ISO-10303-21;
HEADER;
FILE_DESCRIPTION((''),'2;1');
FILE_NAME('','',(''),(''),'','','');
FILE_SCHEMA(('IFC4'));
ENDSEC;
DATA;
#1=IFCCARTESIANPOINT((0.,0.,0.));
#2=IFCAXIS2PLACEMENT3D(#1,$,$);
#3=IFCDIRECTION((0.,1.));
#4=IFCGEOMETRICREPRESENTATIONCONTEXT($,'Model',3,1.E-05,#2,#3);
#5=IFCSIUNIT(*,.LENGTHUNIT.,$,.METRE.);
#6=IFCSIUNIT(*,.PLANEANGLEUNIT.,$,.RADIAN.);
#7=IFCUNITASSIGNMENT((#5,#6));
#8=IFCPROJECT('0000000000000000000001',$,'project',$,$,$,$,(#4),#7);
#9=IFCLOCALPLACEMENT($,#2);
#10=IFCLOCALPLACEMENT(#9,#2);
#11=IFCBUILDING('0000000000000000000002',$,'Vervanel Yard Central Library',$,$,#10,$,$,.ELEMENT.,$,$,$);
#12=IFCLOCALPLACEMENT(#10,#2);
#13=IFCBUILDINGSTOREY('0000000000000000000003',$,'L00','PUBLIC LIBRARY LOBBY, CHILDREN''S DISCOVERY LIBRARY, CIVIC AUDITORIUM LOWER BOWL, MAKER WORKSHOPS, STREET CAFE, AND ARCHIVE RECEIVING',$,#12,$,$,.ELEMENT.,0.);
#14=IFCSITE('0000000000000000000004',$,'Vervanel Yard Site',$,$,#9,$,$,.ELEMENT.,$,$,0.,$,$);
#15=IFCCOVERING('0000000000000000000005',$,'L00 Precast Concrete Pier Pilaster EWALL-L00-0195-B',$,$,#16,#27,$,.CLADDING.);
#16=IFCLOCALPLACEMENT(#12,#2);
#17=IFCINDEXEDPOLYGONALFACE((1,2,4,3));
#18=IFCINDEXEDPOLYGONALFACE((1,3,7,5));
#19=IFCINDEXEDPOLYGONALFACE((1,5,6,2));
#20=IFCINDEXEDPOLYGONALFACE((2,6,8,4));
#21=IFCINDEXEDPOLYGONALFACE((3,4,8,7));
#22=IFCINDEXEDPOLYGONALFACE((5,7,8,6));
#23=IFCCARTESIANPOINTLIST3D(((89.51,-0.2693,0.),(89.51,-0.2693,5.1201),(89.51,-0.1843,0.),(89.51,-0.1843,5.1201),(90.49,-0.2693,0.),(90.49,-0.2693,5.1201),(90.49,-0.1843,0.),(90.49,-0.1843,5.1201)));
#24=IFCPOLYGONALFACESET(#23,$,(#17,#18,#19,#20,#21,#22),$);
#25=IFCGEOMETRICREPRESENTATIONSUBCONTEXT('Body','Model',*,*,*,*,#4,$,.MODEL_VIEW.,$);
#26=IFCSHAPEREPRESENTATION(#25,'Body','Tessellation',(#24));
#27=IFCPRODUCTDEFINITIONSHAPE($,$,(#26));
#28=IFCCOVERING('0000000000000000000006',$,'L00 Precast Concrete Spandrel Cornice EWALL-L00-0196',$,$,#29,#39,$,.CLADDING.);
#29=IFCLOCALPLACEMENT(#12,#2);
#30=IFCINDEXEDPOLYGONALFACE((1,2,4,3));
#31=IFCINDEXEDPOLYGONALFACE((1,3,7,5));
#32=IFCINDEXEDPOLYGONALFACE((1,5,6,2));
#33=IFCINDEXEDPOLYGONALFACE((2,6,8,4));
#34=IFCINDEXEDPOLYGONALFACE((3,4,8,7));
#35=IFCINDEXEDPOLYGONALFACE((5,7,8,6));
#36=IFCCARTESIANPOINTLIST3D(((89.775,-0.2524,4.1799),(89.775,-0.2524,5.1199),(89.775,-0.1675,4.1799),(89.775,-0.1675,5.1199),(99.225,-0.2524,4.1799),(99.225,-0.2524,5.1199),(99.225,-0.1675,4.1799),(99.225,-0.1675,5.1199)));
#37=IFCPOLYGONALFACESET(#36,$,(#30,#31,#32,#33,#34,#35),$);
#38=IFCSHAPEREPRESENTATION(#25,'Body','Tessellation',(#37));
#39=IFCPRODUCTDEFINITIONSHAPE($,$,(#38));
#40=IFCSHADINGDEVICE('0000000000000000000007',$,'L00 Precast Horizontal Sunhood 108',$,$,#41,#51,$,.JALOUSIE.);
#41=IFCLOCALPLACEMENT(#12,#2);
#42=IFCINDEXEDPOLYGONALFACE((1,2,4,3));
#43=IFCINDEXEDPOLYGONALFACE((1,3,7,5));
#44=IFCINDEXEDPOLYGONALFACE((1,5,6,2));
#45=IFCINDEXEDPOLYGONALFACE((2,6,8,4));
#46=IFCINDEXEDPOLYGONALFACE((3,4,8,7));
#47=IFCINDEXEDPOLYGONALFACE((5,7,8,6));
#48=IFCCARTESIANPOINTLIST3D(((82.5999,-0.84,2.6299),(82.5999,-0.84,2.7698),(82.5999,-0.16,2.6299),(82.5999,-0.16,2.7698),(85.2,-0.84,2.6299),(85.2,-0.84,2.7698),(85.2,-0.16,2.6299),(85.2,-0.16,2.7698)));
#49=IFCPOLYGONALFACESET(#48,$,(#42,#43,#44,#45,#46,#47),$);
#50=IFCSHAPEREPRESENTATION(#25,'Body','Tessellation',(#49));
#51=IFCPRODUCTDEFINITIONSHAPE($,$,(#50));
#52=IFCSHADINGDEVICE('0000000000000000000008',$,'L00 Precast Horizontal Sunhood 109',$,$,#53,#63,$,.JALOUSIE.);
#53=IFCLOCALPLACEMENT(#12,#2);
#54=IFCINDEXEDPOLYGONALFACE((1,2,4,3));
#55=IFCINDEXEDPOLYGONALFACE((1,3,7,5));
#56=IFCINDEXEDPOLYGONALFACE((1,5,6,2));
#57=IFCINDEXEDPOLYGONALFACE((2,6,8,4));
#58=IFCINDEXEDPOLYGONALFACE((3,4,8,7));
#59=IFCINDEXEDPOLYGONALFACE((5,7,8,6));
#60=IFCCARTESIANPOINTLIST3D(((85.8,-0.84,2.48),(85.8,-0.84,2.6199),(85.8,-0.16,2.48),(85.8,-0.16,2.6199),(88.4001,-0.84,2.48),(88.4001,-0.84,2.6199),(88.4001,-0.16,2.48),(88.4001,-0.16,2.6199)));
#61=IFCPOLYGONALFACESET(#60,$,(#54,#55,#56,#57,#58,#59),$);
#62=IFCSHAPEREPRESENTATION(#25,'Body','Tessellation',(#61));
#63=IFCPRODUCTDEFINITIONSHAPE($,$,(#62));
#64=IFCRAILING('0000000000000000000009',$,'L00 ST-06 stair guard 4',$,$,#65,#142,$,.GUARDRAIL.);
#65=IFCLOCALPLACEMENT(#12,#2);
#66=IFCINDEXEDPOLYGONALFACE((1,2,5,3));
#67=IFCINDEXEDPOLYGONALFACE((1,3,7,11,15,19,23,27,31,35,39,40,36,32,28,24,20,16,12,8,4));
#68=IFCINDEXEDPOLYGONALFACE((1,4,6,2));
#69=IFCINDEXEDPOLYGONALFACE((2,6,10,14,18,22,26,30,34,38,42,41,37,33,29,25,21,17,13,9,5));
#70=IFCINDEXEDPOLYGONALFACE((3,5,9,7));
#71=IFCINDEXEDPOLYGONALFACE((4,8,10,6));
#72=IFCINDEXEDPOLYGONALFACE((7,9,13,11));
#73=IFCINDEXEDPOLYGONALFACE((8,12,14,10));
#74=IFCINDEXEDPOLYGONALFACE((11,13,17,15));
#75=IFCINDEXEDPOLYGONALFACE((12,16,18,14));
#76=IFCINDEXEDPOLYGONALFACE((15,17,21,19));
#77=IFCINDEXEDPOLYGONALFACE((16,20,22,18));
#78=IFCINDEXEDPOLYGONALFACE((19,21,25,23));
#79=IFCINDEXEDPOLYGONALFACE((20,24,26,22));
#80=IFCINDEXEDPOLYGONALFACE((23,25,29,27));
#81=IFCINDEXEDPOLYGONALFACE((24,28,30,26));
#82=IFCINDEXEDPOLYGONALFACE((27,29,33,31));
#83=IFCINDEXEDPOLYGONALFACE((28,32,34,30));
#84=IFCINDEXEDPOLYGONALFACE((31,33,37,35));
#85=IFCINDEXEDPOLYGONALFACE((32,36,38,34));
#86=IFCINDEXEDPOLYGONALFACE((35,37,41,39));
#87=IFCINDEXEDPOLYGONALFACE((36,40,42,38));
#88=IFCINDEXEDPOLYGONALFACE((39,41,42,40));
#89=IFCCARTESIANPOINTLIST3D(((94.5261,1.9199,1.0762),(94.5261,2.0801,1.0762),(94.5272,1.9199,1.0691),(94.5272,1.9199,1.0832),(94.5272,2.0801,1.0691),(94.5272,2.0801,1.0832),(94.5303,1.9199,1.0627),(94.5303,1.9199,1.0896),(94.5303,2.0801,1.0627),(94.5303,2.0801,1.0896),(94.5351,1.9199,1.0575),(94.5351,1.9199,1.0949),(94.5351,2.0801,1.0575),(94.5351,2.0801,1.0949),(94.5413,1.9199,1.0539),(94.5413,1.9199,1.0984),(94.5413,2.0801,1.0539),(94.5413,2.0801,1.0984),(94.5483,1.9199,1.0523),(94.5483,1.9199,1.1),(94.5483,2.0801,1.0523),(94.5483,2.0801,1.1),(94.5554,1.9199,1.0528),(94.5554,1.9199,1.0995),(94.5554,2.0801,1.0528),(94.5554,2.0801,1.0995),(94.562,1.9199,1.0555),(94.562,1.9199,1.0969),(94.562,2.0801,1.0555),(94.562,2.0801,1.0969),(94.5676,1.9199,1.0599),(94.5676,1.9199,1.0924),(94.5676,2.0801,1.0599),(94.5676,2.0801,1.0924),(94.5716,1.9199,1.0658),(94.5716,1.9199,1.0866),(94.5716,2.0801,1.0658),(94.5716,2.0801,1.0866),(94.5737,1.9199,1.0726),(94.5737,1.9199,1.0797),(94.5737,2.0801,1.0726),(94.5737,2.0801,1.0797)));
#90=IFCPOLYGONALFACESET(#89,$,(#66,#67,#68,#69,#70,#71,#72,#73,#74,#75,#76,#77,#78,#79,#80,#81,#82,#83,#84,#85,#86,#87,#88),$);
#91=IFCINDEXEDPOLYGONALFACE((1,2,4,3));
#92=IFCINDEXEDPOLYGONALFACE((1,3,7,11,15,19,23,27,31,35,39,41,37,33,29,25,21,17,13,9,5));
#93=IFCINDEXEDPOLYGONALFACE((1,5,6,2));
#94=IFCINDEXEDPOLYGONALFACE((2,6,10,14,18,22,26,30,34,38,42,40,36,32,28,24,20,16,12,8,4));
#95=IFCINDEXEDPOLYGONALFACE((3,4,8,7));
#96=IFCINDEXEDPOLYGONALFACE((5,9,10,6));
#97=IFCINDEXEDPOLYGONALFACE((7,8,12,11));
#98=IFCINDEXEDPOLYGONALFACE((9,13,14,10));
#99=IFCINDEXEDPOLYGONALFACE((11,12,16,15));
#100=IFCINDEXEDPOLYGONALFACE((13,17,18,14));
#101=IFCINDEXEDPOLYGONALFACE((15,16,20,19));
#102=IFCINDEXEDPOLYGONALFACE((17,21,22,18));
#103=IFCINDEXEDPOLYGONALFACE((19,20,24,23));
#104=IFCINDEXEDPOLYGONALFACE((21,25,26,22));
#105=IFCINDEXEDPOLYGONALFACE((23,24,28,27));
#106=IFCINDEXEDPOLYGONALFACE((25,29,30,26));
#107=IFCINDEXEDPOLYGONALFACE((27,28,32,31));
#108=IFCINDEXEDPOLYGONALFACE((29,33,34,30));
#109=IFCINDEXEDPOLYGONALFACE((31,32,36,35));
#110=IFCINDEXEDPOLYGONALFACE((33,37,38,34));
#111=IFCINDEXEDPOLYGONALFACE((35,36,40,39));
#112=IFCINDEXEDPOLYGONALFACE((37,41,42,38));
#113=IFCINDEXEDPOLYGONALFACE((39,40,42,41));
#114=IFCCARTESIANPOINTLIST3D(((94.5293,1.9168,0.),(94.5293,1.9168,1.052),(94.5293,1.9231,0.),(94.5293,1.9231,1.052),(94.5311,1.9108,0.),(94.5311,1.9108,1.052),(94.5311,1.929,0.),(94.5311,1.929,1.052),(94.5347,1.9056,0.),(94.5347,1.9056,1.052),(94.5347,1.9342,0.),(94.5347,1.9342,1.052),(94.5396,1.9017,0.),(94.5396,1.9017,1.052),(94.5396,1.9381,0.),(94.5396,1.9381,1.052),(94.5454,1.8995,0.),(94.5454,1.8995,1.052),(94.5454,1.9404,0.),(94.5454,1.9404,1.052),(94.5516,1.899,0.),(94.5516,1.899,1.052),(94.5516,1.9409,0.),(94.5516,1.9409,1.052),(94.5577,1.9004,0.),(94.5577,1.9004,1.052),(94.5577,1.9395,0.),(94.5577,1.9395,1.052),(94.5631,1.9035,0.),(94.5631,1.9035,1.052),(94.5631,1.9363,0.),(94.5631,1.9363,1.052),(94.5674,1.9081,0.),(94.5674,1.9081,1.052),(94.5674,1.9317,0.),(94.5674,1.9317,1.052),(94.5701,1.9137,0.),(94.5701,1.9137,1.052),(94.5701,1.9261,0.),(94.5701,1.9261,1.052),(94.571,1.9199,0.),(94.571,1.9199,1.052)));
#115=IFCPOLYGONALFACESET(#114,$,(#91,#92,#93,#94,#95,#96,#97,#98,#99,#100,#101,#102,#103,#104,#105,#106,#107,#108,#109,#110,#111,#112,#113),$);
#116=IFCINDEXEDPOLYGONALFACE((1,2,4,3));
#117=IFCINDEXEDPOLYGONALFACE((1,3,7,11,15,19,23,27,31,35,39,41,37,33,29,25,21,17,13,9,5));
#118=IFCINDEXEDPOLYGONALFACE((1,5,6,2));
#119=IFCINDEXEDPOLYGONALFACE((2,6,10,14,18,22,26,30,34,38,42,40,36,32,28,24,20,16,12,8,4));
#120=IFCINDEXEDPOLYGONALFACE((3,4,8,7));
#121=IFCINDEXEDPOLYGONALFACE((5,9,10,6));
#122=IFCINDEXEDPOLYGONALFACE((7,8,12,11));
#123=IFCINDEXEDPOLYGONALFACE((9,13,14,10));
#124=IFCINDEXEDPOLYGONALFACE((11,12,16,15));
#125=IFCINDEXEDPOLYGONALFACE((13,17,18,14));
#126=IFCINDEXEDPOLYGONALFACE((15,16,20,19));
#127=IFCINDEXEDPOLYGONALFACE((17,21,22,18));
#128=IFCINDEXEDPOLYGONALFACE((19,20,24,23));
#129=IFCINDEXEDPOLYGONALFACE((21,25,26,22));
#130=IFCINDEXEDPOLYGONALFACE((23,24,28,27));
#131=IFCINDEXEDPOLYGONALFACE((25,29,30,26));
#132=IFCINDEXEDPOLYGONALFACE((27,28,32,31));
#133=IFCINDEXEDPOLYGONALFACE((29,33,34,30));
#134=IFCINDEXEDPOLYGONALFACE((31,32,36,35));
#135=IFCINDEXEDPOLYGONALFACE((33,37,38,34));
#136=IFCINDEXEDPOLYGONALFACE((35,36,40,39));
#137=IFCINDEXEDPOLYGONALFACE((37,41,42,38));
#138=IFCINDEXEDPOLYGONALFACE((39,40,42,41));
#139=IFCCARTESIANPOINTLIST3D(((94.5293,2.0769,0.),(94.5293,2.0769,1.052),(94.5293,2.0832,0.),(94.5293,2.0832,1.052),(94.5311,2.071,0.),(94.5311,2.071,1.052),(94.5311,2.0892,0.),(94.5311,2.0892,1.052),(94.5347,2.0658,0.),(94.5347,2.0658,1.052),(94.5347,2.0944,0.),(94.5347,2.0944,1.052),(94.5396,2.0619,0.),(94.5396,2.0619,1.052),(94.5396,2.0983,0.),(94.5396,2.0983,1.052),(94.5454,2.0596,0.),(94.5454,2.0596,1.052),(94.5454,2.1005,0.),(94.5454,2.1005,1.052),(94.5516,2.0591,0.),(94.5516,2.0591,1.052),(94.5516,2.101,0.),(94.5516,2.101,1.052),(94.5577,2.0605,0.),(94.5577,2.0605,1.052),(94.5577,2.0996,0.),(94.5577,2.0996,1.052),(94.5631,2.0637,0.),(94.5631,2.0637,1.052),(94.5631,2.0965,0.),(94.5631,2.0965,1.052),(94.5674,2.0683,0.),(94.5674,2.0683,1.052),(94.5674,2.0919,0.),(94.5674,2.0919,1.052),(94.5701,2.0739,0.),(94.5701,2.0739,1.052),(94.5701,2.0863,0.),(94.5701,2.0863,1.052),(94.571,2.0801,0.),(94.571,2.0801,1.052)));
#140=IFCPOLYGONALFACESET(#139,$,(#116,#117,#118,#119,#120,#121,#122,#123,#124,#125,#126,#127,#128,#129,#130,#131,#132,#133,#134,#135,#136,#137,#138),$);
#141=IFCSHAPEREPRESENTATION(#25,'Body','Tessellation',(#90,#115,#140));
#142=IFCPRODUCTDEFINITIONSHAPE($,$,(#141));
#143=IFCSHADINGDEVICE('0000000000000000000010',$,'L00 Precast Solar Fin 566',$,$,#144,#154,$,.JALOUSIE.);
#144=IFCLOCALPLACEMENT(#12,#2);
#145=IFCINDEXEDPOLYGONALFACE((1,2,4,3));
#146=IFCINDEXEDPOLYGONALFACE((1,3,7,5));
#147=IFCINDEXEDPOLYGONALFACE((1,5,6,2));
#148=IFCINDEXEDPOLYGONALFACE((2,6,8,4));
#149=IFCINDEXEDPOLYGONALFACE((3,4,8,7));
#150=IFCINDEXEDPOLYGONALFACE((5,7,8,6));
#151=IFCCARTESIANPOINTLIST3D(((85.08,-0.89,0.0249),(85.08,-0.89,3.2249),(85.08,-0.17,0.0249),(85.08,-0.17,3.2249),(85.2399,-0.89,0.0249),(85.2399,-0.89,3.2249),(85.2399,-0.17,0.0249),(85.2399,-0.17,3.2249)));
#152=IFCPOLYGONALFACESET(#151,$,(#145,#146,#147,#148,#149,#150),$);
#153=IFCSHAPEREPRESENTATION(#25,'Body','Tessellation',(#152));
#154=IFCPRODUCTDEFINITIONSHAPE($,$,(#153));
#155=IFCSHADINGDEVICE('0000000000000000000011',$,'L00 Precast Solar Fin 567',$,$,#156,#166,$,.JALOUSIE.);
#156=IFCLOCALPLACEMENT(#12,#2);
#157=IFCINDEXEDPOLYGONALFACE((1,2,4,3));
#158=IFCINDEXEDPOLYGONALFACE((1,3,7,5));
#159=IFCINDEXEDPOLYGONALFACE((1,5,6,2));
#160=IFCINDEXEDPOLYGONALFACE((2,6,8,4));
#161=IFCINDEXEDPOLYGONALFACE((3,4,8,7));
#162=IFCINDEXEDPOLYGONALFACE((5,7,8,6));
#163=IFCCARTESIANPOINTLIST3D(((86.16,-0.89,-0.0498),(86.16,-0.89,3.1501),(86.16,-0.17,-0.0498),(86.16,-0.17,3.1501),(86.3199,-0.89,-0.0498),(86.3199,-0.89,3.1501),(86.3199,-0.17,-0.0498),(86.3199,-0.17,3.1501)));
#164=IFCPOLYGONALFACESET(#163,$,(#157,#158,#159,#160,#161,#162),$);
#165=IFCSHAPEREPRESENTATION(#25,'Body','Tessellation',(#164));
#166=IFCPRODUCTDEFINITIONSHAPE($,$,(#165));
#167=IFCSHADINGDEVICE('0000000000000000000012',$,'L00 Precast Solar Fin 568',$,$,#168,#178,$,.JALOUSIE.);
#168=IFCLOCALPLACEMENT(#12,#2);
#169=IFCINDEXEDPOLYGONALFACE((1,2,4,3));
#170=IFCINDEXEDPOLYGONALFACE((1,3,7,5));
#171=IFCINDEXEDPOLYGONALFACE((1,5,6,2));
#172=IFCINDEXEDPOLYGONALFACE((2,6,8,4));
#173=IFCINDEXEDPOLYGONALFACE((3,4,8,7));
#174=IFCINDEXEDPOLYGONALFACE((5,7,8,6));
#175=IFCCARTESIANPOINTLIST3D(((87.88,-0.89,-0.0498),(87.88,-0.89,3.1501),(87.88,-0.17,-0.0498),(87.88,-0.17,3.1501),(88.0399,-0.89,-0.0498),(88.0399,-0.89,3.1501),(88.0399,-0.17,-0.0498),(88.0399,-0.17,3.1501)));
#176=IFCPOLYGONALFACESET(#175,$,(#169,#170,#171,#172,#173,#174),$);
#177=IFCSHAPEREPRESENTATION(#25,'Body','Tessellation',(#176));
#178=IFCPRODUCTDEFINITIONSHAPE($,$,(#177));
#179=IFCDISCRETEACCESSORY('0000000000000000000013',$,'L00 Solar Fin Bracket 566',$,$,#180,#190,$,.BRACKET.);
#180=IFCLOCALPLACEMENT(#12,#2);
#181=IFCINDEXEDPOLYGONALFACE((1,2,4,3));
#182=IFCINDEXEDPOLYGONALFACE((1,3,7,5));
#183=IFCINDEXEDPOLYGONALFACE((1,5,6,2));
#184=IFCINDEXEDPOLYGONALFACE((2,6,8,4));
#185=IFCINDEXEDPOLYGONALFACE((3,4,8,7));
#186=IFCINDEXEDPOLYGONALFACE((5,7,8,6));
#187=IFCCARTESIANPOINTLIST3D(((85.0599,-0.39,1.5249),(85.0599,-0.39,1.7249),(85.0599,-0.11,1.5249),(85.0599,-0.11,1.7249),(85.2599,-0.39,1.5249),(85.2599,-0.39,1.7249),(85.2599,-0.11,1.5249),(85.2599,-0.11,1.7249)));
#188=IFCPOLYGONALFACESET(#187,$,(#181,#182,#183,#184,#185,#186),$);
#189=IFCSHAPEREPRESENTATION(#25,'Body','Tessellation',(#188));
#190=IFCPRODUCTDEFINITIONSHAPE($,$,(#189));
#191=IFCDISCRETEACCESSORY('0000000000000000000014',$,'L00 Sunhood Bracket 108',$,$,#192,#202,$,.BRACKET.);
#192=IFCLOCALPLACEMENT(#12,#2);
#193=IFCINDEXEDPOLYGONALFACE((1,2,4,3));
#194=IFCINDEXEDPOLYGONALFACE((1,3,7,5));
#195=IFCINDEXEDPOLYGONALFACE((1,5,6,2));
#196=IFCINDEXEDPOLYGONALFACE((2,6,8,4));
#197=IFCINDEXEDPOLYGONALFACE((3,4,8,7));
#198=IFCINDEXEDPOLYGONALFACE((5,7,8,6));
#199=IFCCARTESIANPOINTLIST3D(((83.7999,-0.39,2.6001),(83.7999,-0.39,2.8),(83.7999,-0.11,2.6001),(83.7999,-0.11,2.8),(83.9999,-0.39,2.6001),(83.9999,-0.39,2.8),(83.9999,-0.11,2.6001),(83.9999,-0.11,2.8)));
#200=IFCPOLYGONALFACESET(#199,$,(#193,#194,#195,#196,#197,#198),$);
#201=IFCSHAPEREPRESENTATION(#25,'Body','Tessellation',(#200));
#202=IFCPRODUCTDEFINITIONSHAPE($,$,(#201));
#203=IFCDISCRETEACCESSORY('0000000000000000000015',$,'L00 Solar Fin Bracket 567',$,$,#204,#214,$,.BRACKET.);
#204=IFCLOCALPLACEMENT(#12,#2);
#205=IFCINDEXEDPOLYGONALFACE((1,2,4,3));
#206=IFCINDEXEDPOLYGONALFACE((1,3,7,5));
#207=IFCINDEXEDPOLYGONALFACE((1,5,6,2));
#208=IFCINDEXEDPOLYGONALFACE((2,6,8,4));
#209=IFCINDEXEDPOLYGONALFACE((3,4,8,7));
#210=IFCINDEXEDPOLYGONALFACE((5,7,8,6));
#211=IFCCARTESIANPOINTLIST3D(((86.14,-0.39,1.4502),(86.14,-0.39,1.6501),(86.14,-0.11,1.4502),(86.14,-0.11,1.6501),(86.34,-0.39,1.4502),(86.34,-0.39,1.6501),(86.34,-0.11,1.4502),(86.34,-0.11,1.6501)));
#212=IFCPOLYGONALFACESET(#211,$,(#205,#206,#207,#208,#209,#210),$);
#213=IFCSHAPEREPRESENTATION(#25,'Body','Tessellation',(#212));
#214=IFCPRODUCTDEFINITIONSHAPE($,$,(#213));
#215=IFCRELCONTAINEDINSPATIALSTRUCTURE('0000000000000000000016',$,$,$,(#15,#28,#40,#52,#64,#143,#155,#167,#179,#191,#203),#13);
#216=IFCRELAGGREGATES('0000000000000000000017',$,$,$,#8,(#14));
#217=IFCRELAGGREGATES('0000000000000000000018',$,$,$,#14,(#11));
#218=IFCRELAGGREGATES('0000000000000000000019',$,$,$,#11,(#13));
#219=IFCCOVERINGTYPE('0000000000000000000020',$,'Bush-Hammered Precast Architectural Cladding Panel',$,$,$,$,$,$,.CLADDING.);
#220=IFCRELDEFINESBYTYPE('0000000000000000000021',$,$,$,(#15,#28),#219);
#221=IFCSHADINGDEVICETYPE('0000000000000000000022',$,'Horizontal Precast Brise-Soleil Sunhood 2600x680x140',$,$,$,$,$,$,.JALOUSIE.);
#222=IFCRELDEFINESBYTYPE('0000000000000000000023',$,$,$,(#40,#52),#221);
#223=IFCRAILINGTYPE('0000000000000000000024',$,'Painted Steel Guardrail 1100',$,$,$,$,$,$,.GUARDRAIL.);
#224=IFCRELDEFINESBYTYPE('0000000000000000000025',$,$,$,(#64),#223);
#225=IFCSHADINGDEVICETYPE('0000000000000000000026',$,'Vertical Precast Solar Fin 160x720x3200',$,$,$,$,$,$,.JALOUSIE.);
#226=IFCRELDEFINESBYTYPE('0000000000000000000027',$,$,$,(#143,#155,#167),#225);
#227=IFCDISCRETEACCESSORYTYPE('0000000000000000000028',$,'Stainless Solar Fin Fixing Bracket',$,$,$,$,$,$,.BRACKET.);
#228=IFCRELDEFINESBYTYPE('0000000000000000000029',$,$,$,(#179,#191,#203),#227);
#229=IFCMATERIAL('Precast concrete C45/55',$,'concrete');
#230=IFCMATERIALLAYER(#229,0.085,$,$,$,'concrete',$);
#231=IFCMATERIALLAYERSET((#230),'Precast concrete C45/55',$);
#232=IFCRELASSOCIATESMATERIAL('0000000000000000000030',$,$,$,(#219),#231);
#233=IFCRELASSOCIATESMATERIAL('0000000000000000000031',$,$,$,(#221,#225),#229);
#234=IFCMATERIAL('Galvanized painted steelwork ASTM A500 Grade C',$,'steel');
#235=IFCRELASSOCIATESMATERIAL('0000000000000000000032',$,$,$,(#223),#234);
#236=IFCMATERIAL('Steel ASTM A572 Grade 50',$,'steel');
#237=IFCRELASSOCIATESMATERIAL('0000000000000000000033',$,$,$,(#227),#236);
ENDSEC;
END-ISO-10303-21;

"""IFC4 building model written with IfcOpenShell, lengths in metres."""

from ifc_helpers import new_model, si_unit, direction, frame, origin, origin_2d, place, context, subcontext, project, spatial, rectangle, circle, extrude, material, layer, layer_set, type_object, element, save


model = new_model("IFC4")

# Units and contexts
model_context = context("Model", 3, precision=1e-05, world=origin(), true_north=direction((0.0, 1.0)))
body_context = subcontext(model_context, "Body", "Model", "MODEL_VIEW")
ifc_project = project(units=[si_unit("LENGTHUNIT", "METRE"), si_unit("PLANEANGLEUNIT", "RADIAN")], contexts=[model_context])

# Site, building, storey
site_placement = place(None, origin())
site = spatial("IfcSite", under=ifc_project, at=site_placement, Name="Vervanel Yard Site", CompositionType="ELEMENT", RefElevation=0.0)
building_placement = place(site_placement, origin())
building = spatial("IfcBuilding", under=site, at=building_placement, Name="Vervanel Yard Central Library", CompositionType="ELEMENT")
storey_placement = place(building_placement, origin())
storey = spatial("IfcBuildingStorey", under=building, at=storey_placement, Name="L00", Description="PUBLIC LIBRARY LOBBY, CHILDREN'S DISCOVERY LIBRARY, CIVIC AUDITORIUM LOWER BOWL, MAKER WORKSHOPS, STREET CAFE, AND ARCHIVE RECEIVING", CompositionType="ELEMENT", Elevation=0.0)

# Shared definitions
ifc_material_1 = material(Name="Steel ASTM A572 Grade 50", Category="steel")

# Shared definitions
ifc_material_2 = material(Name="Galvanized painted steelwork ASTM A500 Grade C", Category="steel")

# Coverings
ifc_material_3 = material(Name="Precast concrete C45/55", Category="concrete")
ifc_layer_1 = layer(ifc_material_3, 0.085, Category="concrete")
ifc_layer_set_1 = layer_set([ifc_layer_1], Name="Precast concrete C45/55")
covering_type = type_object("IfcCoveringType", Name="Bush-Hammered Precast Architectural Cladding Panel", PredefinedType="CLADDING", material=ifc_layer_set_1)
covering_1_placement = place(storey_placement, frame((90.0, -0.2268, 0.0), z_axis=(0.0, 0.0, 1.0), x_axis=(1.0, 0.0, 0.0)))
element("IfcCovering", 1, at=covering_1_placement, inside=storey, type_object=covering_type, Name="L00 Precast Concrete Pier Pilaster EWALL-L00-0195-B", PredefinedType="CLADDING", context=body_context, shape_type="SweptSolid", body=[
    extrude(rectangle(XDim=0.98, YDim=0.085, at=origin_2d()), origin(), (0.0, 0.0, 1.0), 5.1201),
])
covering_2_placement = place(storey_placement, frame((94.5, -0.21, 4.1799), z_axis=(0.0, 0.0, 1.0), x_axis=(1.0, 0.0, 0.0)))
element("IfcCovering", 2, at=covering_2_placement, inside=storey, type_object=covering_type, Name="L00 Precast Concrete Spandrel Cornice EWALL-L00-0196", PredefinedType="CLADDING", context=body_context, shape_type="SweptSolid", body=[
    extrude(rectangle(XDim=9.45, YDim=0.085, at=origin_2d()), origin(), (0.0, 0.0, 1.0), 0.9399),
])

# Shading devices
shading_device_type_1 = type_object("IfcShadingDeviceType", Name="Horizontal Precast Brise-Soleil Sunhood 2600x680x140", PredefinedType="JALOUSIE", material=ifc_material_3)
for number, where, z_axis, x_axis, name in (
    (3, (83.8999, -0.5, 2.6299), (0.0, 0.0, 1.0), (1.0, 0.0, 0.0), "L00 Precast Horizontal Sunhood 108"),
    (4, (87.1001, -0.5, 2.48), (0.0, 0.0, 1.0), (1.0, 0.0, 0.0), "L00 Precast Horizontal Sunhood 109"),
):
    element("IfcShadingDevice", number, at=place(storey_placement, frame(where, z_axis=z_axis, x_axis=x_axis)), inside=storey, type_object=shading_device_type_1, Name=name, PredefinedType="JALOUSIE", context=body_context, shape_type="SweptSolid", body=[
        extrude(rectangle(XDim=2.6001, YDim=0.6799, at=origin_2d()), origin(), (0.0, 0.0, 1.0), 0.1399),
    ])

# Railing
railing_type_1 = type_object("IfcRailingType", Name="Painted Steel Guardrail 1100", PredefinedType="GUARDRAIL", material=ifc_material_2)
railing_1_placement = place(storey_placement, frame((94.55, 1.9199, 0.0)))
element("IfcRailing", 5, at=railing_1_placement, inside=storey, type_object=railing_type_1, Name="L00 ST-06 stair guard 4", PredefinedType="GUARDRAIL", context=body_context, shape_type="SweptSolid", body=[
    extrude(circle(Radius=0.0239, at=origin_2d()), frame((0.0, 0.0, 1.0762), z_axis=(0.0, 1.0, 0.0), x_axis=(-1.0, 0.0, 0.0)), (0.0, 0.0, 1.0), 0.1602),
    extrude(circle(Radius=0.021, at=origin_2d()), origin(), (0.0, 0.0, 1.0), 1.052),
    extrude(circle(Radius=0.021, at=origin_2d()), frame((0.0, 0.1602, 0.0)), (0.0, 0.0, 1.0), 1.052),
])

# Shading devices
shading_device_type_2 = type_object("IfcShadingDeviceType", Name="Vertical Precast Solar Fin 160x720x3200", PredefinedType="JALOUSIE", material=ifc_material_3)
for number, where, z_axis, x_axis, name in (
    (6, (85.1599, -0.53, 0.0249), (0.0, 0.0, 1.0), (1.0, 0.0, 0.0), "L00 Precast Solar Fin 566"),
    (7, (86.24, -0.53, -0.0498), (0.0, 0.0, 1.0), (1.0, 0.0, 0.0), "L00 Precast Solar Fin 567"),
    (8, (87.96, -0.53, -0.0498), (0.0, 0.0, 1.0), (1.0, 0.0, 0.0), "L00 Precast Solar Fin 568"),
):
    element("IfcShadingDevice", number, at=place(storey_placement, frame(where, z_axis=z_axis, x_axis=x_axis)), inside=storey, type_object=shading_device_type_2, Name=name, PredefinedType="JALOUSIE", context=body_context, shape_type="SweptSolid", body=[
        extrude(rectangle(XDim=0.1599, YDim=0.72, at=origin_2d()), origin(), (0.0, 0.0, 1.0), 3.2),
    ])

# Discrete accessories
discrete_accessory_type = type_object("IfcDiscreteAccessoryType", Name="Stainless Solar Fin Fixing Bracket", PredefinedType="BRACKET", material=ifc_material_1)
for number, where, z_axis, x_axis, name in (
    (9, (85.1599, -0.25, 1.5249), (0.0, 0.0, 1.0), (1.0, 0.0, 0.0), "L00 Solar Fin Bracket 566"),
    (10, (83.8999, -0.25, 2.6001), (0.0, 0.0, 1.0), (1.0, 0.0, 0.0), "L00 Sunhood Bracket 108"),
    (11, (86.24, -0.25, 1.4502), (0.0, 0.0, 1.0), (1.0, 0.0, 0.0), "L00 Solar Fin Bracket 567"),
):
    element("IfcDiscreteAccessory", number, at=place(storey_placement, frame(where, z_axis=z_axis, x_axis=x_axis)), inside=storey, type_object=discrete_accessory_type, Name=name, PredefinedType="BRACKET", context=body_context, shape_type="SweptSolid", body=[
        extrude(rectangle(XDim=0.2, YDim=0.28, at=origin_2d()), origin(), (0.0, 0.0, 1.0), 0.2),
    ])

save(model, "model.ifc")
